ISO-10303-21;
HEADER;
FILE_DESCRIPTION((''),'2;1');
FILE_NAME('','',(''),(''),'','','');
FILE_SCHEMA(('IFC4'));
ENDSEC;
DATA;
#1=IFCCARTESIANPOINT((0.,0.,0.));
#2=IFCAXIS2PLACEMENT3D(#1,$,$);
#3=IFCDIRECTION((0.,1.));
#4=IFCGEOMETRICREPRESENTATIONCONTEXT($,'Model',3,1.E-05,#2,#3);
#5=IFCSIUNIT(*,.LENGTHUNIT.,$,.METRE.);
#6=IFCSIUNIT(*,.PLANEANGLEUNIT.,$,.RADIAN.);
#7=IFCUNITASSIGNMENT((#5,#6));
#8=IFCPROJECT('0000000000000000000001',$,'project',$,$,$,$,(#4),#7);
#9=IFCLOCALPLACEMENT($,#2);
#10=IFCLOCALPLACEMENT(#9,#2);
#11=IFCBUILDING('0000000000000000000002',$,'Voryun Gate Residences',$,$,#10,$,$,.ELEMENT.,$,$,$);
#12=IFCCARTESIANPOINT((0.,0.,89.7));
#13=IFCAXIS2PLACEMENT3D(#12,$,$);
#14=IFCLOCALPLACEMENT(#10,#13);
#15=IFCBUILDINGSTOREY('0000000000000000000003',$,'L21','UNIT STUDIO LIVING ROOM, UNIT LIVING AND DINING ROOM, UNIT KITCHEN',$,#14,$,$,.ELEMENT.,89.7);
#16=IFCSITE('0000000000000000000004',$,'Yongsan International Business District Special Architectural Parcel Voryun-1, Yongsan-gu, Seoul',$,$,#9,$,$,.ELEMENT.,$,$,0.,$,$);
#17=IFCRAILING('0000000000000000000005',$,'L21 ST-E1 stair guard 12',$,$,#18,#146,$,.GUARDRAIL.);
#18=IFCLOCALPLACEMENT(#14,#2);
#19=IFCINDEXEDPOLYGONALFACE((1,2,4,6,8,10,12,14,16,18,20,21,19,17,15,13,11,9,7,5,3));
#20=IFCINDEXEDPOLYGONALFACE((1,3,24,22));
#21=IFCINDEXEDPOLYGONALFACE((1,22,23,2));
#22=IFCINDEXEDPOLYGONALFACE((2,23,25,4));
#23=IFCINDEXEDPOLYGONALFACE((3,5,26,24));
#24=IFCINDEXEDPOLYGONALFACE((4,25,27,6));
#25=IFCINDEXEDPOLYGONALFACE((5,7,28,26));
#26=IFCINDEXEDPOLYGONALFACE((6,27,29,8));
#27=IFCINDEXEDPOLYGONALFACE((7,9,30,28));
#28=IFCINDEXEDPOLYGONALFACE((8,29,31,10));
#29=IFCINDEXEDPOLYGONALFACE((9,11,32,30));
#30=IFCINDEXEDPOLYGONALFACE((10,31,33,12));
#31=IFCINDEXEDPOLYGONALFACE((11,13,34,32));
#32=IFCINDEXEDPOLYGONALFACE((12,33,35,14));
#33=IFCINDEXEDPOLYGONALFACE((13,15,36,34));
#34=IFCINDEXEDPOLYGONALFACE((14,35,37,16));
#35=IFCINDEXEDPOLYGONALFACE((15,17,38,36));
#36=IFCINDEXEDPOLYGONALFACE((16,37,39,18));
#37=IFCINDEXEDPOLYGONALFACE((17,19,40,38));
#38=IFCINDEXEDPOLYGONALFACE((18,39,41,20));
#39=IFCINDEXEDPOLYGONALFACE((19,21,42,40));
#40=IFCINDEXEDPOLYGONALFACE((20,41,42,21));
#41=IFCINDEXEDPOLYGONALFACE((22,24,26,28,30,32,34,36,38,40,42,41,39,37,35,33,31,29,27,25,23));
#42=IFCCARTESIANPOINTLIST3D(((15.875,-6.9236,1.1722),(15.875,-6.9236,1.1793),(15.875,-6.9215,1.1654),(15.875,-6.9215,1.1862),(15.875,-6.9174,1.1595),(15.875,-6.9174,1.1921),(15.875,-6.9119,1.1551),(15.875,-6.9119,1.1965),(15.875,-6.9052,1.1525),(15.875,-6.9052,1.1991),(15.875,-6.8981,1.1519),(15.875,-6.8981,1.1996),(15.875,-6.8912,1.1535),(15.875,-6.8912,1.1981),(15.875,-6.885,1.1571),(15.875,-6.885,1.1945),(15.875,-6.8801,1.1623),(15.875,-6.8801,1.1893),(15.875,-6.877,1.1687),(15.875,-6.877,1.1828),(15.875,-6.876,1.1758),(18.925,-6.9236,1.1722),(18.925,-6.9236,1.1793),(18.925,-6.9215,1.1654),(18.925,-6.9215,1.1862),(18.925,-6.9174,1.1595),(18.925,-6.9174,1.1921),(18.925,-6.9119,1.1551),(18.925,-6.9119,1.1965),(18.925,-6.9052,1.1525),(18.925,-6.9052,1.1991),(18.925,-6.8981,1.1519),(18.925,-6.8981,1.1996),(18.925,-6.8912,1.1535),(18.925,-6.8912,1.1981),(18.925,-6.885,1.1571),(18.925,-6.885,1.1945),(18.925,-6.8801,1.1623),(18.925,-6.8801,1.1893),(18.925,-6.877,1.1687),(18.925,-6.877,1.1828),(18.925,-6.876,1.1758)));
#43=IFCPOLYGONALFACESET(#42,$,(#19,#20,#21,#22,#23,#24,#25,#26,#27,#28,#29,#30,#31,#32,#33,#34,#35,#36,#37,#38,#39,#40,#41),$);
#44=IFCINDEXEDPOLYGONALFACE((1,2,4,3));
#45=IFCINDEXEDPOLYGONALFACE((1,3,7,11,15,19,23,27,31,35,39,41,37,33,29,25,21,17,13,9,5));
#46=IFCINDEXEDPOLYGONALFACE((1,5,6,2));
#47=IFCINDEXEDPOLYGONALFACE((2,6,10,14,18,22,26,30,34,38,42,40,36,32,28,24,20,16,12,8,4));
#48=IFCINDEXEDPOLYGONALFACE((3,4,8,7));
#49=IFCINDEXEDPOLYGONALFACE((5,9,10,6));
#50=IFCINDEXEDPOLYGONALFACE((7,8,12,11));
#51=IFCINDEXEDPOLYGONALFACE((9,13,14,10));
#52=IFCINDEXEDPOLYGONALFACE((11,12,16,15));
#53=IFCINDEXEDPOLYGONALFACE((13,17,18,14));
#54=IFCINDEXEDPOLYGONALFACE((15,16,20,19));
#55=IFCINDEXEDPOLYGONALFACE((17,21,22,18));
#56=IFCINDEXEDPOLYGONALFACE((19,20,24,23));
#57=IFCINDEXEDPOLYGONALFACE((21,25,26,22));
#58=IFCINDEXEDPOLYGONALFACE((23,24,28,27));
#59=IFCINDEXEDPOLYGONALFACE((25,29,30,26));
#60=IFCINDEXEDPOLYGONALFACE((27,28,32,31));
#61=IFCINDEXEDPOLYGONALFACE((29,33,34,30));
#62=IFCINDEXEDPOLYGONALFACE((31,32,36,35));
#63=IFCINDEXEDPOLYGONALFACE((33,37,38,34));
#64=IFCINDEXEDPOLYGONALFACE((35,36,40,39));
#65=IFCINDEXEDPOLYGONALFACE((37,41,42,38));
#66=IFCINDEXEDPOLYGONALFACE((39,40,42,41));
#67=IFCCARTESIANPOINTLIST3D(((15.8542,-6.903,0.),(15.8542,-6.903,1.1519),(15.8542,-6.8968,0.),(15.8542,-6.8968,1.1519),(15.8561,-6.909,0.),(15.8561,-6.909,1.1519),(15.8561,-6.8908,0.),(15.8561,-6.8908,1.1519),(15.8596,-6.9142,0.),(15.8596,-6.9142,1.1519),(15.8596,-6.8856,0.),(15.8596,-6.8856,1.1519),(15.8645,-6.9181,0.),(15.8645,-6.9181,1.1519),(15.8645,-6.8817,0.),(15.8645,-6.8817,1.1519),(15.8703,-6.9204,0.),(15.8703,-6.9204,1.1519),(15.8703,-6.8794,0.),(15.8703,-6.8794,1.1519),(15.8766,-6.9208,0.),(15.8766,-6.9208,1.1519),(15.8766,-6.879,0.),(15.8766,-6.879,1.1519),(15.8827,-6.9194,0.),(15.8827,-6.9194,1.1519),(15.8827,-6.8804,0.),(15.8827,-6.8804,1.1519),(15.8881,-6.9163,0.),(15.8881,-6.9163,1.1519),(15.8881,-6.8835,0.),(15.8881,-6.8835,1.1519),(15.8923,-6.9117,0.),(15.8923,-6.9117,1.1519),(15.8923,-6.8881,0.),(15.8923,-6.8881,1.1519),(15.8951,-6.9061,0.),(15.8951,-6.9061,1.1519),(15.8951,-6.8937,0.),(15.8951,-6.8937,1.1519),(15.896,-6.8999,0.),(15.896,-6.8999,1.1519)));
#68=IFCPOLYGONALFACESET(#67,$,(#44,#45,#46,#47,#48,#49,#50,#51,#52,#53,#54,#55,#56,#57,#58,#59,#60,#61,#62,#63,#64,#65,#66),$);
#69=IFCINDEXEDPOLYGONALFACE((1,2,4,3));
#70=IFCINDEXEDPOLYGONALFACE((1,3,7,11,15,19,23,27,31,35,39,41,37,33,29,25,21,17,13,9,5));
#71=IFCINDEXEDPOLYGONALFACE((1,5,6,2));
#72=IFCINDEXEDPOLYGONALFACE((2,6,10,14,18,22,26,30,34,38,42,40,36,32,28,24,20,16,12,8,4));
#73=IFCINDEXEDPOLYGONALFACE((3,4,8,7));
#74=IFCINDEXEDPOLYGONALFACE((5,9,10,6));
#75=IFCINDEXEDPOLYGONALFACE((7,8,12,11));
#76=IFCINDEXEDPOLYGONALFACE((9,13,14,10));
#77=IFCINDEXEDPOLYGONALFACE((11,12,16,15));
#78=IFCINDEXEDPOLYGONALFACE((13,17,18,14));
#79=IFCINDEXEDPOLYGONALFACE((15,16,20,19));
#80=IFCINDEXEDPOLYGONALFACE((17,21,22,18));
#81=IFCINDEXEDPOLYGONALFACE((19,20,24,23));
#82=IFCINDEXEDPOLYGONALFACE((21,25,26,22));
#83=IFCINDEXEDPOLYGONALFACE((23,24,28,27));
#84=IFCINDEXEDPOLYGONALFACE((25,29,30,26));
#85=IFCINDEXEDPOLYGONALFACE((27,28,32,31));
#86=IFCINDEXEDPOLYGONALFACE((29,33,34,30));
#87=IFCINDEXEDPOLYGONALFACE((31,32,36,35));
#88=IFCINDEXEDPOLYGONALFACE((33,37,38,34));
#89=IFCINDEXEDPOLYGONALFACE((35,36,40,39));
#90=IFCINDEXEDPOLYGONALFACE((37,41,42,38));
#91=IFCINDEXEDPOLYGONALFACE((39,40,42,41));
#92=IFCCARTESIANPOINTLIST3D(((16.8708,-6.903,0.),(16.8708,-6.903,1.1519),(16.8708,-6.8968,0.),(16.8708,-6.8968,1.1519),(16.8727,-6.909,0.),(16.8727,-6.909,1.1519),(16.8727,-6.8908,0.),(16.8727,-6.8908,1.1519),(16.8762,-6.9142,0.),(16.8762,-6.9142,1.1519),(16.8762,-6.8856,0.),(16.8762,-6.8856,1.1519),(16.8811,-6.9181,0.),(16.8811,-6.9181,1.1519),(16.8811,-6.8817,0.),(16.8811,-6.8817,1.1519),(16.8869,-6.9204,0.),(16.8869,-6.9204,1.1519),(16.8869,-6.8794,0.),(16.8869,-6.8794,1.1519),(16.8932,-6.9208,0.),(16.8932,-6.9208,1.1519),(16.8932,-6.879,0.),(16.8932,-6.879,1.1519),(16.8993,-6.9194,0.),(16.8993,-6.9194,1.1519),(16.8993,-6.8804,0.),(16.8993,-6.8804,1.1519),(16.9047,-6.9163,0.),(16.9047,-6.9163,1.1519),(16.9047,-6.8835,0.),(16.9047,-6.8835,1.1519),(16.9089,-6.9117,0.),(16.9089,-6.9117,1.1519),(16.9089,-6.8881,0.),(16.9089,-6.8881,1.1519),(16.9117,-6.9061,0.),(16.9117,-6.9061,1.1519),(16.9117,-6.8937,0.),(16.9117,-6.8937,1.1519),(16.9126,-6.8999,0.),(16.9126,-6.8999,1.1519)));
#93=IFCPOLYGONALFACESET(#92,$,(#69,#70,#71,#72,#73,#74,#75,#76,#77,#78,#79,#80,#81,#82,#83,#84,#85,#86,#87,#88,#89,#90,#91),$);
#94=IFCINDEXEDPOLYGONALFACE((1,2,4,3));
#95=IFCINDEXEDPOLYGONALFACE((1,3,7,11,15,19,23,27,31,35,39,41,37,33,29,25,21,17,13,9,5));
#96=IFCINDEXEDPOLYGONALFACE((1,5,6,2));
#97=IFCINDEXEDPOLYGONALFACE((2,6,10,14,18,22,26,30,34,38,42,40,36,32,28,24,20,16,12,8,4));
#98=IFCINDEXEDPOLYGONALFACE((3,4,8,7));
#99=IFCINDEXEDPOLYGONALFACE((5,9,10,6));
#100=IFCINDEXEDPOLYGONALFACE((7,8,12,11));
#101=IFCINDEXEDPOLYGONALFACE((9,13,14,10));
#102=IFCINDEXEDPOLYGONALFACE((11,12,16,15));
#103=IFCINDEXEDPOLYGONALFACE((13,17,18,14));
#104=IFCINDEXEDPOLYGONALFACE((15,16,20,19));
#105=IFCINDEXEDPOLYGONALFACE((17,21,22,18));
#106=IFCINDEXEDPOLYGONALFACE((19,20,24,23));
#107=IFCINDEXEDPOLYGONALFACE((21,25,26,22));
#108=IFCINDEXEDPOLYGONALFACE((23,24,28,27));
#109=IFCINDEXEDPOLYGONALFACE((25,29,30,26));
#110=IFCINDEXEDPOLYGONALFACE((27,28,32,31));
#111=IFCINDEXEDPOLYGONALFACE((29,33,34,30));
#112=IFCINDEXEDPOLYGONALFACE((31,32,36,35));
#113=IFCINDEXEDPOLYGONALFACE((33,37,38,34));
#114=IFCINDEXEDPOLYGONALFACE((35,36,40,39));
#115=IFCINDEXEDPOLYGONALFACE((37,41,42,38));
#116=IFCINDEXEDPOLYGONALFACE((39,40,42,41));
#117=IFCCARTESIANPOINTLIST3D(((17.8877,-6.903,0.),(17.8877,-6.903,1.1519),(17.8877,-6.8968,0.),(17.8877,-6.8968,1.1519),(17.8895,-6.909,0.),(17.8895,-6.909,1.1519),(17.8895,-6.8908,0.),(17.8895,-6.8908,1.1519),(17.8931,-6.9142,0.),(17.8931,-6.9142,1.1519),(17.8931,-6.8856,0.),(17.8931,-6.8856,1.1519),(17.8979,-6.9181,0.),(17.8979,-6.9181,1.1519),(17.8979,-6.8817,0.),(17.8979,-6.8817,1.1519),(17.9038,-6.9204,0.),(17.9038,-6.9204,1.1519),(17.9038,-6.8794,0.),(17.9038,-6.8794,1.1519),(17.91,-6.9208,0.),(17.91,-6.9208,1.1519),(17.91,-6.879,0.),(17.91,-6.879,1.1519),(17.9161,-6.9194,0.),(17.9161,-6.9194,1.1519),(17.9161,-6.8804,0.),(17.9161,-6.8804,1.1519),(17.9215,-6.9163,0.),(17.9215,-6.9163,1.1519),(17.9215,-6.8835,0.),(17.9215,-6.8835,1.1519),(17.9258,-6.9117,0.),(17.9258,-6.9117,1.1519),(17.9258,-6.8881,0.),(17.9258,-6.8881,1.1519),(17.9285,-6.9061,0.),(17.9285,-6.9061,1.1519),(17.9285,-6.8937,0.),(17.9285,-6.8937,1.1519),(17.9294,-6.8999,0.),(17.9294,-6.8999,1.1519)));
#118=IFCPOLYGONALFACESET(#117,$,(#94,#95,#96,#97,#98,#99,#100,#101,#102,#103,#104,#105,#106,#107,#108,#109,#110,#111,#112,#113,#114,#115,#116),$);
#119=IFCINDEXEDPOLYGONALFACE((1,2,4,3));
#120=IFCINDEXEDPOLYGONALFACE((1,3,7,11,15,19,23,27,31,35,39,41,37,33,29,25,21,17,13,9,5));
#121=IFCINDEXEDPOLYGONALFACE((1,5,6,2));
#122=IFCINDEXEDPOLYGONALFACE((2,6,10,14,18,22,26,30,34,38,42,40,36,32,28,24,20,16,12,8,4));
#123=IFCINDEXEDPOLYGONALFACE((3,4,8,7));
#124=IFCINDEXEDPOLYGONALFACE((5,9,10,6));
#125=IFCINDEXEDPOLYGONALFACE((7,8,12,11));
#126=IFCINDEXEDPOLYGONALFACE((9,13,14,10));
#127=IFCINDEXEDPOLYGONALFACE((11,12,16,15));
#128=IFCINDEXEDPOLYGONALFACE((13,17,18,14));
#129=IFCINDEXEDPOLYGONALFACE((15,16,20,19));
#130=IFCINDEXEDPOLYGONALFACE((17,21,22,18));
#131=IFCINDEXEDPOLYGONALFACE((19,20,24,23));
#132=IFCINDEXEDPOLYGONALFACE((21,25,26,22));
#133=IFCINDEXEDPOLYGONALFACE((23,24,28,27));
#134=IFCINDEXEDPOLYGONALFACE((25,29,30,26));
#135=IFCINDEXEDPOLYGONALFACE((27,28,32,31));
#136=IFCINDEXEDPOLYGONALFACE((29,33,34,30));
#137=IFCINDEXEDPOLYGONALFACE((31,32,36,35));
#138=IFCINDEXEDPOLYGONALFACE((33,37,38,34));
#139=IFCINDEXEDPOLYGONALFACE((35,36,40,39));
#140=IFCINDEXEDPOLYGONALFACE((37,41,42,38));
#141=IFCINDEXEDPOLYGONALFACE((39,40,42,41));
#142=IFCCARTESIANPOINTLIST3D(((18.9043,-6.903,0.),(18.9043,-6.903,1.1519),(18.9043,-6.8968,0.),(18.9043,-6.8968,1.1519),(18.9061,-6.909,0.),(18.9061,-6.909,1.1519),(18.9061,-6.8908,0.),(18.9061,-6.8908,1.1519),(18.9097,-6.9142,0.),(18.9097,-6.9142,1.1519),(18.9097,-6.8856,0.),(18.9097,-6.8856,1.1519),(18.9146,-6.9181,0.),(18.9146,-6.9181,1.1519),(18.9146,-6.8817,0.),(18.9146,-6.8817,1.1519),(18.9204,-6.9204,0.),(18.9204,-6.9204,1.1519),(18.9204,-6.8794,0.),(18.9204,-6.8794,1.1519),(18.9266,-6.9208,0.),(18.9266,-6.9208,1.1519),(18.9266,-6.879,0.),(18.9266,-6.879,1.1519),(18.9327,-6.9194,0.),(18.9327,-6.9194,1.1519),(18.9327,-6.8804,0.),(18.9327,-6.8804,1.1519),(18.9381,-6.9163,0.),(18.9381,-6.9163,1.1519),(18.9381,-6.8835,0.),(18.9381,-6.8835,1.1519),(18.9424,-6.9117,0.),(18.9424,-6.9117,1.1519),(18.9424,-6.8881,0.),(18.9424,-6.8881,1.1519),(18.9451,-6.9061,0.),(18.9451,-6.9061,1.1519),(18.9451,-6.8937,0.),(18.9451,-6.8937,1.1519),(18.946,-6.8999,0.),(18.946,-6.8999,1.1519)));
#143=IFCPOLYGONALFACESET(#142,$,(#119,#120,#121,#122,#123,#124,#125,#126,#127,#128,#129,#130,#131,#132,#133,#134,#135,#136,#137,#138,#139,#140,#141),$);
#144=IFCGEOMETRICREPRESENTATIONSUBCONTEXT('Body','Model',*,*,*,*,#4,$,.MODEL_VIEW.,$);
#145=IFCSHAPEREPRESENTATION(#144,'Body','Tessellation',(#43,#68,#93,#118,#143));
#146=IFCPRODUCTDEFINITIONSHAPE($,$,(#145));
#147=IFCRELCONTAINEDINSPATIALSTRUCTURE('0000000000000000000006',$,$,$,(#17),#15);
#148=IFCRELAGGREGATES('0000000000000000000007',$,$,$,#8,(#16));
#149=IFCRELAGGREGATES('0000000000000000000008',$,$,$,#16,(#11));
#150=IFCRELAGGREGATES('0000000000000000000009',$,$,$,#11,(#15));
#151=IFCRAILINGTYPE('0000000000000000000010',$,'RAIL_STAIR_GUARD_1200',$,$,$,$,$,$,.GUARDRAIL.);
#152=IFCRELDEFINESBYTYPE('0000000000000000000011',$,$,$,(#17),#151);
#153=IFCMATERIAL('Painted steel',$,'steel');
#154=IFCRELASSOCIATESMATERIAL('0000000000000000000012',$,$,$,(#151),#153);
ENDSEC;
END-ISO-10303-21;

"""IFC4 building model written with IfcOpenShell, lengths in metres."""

from ifc_helpers import new_model, si_unit, direction, frame, origin, origin_2d, place, context, subcontext, project, spatial, circle, extrude, material, type_object, element, save


model = new_model("IFC4")

# Units and contexts
model_context = context("Model", 3, precision=1e-05, world=origin(), true_north=direction((0.0, 1.0)))
body_context = subcontext(model_context, "Body", "Model", "MODEL_VIEW")
ifc_project = project(units=[si_unit("LENGTHUNIT", "METRE"), si_unit("PLANEANGLEUNIT", "RADIAN")], contexts=[model_context])

# Site, building, storey
site_placement = place(None, origin())
site = spatial("IfcSite", under=ifc_project, at=site_placement, Name="Yongsan International Business District Special Architectural Parcel Voryun-1, Yongsan-gu, Seoul", CompositionType="ELEMENT", RefElevation=0.0)
building_placement = place(site_placement, origin())
building = spatial("IfcBuilding", under=site, at=building_placement, Name="Voryun Gate Residences", CompositionType="ELEMENT")
storey_placement = place(building_placement, frame((0.0, 0.0, 89.7)))
storey = spatial("IfcBuildingStorey", under=building, at=storey_placement, Name="L21", Description="UNIT STUDIO LIVING ROOM, UNIT LIVING AND DINING ROOM, UNIT KITCHEN", CompositionType="ELEMENT", Elevation=89.7)

# Railing
ifc_material_1 = material(Name="Painted steel", Category="steel")
railing_type_1 = type_object("IfcRailingType", Name="RAIL_STAIR_GUARD_1200", PredefinedType="GUARDRAIL", material=ifc_material_1)
railing_1_placement = place(storey_placement, frame((15.875, -6.8999, 0.0)))
element("IfcRailing", 1, at=railing_1_placement, inside=storey, type_object=railing_type_1, Name="L21 ST-E1 stair guard 12", PredefinedType="GUARDRAIL", context=body_context, shape_type="SweptSolid", body=[
    extrude(circle(Radius=0.0239, at=origin_2d()), frame((0.0, 0.0, 1.1758), z_axis=(1.0, 0.0, 0.0), x_axis=(0.0, 1.0, 0.0)), (0.0, 0.0, 1.0), 3.05),
    extrude(circle(Radius=0.021, at=origin_2d()), origin(), (0.0, 0.0, 1.0), 1.1519),
    extrude(circle(Radius=0.021, at=origin_2d()), frame((1.0166, 0.0, 0.0)), (0.0, 0.0, 1.0), 1.1519),
    extrude(circle(Radius=0.021, at=origin_2d()), frame((2.0334, 0.0, 0.0)), (0.0, 0.0, 1.0), 1.1519),
    extrude(circle(Radius=0.021, at=origin_2d()), frame((3.05, 0.0, 0.0)), (0.0, 0.0, 1.0), 1.1519),
])

save(model, "model.ifc")
